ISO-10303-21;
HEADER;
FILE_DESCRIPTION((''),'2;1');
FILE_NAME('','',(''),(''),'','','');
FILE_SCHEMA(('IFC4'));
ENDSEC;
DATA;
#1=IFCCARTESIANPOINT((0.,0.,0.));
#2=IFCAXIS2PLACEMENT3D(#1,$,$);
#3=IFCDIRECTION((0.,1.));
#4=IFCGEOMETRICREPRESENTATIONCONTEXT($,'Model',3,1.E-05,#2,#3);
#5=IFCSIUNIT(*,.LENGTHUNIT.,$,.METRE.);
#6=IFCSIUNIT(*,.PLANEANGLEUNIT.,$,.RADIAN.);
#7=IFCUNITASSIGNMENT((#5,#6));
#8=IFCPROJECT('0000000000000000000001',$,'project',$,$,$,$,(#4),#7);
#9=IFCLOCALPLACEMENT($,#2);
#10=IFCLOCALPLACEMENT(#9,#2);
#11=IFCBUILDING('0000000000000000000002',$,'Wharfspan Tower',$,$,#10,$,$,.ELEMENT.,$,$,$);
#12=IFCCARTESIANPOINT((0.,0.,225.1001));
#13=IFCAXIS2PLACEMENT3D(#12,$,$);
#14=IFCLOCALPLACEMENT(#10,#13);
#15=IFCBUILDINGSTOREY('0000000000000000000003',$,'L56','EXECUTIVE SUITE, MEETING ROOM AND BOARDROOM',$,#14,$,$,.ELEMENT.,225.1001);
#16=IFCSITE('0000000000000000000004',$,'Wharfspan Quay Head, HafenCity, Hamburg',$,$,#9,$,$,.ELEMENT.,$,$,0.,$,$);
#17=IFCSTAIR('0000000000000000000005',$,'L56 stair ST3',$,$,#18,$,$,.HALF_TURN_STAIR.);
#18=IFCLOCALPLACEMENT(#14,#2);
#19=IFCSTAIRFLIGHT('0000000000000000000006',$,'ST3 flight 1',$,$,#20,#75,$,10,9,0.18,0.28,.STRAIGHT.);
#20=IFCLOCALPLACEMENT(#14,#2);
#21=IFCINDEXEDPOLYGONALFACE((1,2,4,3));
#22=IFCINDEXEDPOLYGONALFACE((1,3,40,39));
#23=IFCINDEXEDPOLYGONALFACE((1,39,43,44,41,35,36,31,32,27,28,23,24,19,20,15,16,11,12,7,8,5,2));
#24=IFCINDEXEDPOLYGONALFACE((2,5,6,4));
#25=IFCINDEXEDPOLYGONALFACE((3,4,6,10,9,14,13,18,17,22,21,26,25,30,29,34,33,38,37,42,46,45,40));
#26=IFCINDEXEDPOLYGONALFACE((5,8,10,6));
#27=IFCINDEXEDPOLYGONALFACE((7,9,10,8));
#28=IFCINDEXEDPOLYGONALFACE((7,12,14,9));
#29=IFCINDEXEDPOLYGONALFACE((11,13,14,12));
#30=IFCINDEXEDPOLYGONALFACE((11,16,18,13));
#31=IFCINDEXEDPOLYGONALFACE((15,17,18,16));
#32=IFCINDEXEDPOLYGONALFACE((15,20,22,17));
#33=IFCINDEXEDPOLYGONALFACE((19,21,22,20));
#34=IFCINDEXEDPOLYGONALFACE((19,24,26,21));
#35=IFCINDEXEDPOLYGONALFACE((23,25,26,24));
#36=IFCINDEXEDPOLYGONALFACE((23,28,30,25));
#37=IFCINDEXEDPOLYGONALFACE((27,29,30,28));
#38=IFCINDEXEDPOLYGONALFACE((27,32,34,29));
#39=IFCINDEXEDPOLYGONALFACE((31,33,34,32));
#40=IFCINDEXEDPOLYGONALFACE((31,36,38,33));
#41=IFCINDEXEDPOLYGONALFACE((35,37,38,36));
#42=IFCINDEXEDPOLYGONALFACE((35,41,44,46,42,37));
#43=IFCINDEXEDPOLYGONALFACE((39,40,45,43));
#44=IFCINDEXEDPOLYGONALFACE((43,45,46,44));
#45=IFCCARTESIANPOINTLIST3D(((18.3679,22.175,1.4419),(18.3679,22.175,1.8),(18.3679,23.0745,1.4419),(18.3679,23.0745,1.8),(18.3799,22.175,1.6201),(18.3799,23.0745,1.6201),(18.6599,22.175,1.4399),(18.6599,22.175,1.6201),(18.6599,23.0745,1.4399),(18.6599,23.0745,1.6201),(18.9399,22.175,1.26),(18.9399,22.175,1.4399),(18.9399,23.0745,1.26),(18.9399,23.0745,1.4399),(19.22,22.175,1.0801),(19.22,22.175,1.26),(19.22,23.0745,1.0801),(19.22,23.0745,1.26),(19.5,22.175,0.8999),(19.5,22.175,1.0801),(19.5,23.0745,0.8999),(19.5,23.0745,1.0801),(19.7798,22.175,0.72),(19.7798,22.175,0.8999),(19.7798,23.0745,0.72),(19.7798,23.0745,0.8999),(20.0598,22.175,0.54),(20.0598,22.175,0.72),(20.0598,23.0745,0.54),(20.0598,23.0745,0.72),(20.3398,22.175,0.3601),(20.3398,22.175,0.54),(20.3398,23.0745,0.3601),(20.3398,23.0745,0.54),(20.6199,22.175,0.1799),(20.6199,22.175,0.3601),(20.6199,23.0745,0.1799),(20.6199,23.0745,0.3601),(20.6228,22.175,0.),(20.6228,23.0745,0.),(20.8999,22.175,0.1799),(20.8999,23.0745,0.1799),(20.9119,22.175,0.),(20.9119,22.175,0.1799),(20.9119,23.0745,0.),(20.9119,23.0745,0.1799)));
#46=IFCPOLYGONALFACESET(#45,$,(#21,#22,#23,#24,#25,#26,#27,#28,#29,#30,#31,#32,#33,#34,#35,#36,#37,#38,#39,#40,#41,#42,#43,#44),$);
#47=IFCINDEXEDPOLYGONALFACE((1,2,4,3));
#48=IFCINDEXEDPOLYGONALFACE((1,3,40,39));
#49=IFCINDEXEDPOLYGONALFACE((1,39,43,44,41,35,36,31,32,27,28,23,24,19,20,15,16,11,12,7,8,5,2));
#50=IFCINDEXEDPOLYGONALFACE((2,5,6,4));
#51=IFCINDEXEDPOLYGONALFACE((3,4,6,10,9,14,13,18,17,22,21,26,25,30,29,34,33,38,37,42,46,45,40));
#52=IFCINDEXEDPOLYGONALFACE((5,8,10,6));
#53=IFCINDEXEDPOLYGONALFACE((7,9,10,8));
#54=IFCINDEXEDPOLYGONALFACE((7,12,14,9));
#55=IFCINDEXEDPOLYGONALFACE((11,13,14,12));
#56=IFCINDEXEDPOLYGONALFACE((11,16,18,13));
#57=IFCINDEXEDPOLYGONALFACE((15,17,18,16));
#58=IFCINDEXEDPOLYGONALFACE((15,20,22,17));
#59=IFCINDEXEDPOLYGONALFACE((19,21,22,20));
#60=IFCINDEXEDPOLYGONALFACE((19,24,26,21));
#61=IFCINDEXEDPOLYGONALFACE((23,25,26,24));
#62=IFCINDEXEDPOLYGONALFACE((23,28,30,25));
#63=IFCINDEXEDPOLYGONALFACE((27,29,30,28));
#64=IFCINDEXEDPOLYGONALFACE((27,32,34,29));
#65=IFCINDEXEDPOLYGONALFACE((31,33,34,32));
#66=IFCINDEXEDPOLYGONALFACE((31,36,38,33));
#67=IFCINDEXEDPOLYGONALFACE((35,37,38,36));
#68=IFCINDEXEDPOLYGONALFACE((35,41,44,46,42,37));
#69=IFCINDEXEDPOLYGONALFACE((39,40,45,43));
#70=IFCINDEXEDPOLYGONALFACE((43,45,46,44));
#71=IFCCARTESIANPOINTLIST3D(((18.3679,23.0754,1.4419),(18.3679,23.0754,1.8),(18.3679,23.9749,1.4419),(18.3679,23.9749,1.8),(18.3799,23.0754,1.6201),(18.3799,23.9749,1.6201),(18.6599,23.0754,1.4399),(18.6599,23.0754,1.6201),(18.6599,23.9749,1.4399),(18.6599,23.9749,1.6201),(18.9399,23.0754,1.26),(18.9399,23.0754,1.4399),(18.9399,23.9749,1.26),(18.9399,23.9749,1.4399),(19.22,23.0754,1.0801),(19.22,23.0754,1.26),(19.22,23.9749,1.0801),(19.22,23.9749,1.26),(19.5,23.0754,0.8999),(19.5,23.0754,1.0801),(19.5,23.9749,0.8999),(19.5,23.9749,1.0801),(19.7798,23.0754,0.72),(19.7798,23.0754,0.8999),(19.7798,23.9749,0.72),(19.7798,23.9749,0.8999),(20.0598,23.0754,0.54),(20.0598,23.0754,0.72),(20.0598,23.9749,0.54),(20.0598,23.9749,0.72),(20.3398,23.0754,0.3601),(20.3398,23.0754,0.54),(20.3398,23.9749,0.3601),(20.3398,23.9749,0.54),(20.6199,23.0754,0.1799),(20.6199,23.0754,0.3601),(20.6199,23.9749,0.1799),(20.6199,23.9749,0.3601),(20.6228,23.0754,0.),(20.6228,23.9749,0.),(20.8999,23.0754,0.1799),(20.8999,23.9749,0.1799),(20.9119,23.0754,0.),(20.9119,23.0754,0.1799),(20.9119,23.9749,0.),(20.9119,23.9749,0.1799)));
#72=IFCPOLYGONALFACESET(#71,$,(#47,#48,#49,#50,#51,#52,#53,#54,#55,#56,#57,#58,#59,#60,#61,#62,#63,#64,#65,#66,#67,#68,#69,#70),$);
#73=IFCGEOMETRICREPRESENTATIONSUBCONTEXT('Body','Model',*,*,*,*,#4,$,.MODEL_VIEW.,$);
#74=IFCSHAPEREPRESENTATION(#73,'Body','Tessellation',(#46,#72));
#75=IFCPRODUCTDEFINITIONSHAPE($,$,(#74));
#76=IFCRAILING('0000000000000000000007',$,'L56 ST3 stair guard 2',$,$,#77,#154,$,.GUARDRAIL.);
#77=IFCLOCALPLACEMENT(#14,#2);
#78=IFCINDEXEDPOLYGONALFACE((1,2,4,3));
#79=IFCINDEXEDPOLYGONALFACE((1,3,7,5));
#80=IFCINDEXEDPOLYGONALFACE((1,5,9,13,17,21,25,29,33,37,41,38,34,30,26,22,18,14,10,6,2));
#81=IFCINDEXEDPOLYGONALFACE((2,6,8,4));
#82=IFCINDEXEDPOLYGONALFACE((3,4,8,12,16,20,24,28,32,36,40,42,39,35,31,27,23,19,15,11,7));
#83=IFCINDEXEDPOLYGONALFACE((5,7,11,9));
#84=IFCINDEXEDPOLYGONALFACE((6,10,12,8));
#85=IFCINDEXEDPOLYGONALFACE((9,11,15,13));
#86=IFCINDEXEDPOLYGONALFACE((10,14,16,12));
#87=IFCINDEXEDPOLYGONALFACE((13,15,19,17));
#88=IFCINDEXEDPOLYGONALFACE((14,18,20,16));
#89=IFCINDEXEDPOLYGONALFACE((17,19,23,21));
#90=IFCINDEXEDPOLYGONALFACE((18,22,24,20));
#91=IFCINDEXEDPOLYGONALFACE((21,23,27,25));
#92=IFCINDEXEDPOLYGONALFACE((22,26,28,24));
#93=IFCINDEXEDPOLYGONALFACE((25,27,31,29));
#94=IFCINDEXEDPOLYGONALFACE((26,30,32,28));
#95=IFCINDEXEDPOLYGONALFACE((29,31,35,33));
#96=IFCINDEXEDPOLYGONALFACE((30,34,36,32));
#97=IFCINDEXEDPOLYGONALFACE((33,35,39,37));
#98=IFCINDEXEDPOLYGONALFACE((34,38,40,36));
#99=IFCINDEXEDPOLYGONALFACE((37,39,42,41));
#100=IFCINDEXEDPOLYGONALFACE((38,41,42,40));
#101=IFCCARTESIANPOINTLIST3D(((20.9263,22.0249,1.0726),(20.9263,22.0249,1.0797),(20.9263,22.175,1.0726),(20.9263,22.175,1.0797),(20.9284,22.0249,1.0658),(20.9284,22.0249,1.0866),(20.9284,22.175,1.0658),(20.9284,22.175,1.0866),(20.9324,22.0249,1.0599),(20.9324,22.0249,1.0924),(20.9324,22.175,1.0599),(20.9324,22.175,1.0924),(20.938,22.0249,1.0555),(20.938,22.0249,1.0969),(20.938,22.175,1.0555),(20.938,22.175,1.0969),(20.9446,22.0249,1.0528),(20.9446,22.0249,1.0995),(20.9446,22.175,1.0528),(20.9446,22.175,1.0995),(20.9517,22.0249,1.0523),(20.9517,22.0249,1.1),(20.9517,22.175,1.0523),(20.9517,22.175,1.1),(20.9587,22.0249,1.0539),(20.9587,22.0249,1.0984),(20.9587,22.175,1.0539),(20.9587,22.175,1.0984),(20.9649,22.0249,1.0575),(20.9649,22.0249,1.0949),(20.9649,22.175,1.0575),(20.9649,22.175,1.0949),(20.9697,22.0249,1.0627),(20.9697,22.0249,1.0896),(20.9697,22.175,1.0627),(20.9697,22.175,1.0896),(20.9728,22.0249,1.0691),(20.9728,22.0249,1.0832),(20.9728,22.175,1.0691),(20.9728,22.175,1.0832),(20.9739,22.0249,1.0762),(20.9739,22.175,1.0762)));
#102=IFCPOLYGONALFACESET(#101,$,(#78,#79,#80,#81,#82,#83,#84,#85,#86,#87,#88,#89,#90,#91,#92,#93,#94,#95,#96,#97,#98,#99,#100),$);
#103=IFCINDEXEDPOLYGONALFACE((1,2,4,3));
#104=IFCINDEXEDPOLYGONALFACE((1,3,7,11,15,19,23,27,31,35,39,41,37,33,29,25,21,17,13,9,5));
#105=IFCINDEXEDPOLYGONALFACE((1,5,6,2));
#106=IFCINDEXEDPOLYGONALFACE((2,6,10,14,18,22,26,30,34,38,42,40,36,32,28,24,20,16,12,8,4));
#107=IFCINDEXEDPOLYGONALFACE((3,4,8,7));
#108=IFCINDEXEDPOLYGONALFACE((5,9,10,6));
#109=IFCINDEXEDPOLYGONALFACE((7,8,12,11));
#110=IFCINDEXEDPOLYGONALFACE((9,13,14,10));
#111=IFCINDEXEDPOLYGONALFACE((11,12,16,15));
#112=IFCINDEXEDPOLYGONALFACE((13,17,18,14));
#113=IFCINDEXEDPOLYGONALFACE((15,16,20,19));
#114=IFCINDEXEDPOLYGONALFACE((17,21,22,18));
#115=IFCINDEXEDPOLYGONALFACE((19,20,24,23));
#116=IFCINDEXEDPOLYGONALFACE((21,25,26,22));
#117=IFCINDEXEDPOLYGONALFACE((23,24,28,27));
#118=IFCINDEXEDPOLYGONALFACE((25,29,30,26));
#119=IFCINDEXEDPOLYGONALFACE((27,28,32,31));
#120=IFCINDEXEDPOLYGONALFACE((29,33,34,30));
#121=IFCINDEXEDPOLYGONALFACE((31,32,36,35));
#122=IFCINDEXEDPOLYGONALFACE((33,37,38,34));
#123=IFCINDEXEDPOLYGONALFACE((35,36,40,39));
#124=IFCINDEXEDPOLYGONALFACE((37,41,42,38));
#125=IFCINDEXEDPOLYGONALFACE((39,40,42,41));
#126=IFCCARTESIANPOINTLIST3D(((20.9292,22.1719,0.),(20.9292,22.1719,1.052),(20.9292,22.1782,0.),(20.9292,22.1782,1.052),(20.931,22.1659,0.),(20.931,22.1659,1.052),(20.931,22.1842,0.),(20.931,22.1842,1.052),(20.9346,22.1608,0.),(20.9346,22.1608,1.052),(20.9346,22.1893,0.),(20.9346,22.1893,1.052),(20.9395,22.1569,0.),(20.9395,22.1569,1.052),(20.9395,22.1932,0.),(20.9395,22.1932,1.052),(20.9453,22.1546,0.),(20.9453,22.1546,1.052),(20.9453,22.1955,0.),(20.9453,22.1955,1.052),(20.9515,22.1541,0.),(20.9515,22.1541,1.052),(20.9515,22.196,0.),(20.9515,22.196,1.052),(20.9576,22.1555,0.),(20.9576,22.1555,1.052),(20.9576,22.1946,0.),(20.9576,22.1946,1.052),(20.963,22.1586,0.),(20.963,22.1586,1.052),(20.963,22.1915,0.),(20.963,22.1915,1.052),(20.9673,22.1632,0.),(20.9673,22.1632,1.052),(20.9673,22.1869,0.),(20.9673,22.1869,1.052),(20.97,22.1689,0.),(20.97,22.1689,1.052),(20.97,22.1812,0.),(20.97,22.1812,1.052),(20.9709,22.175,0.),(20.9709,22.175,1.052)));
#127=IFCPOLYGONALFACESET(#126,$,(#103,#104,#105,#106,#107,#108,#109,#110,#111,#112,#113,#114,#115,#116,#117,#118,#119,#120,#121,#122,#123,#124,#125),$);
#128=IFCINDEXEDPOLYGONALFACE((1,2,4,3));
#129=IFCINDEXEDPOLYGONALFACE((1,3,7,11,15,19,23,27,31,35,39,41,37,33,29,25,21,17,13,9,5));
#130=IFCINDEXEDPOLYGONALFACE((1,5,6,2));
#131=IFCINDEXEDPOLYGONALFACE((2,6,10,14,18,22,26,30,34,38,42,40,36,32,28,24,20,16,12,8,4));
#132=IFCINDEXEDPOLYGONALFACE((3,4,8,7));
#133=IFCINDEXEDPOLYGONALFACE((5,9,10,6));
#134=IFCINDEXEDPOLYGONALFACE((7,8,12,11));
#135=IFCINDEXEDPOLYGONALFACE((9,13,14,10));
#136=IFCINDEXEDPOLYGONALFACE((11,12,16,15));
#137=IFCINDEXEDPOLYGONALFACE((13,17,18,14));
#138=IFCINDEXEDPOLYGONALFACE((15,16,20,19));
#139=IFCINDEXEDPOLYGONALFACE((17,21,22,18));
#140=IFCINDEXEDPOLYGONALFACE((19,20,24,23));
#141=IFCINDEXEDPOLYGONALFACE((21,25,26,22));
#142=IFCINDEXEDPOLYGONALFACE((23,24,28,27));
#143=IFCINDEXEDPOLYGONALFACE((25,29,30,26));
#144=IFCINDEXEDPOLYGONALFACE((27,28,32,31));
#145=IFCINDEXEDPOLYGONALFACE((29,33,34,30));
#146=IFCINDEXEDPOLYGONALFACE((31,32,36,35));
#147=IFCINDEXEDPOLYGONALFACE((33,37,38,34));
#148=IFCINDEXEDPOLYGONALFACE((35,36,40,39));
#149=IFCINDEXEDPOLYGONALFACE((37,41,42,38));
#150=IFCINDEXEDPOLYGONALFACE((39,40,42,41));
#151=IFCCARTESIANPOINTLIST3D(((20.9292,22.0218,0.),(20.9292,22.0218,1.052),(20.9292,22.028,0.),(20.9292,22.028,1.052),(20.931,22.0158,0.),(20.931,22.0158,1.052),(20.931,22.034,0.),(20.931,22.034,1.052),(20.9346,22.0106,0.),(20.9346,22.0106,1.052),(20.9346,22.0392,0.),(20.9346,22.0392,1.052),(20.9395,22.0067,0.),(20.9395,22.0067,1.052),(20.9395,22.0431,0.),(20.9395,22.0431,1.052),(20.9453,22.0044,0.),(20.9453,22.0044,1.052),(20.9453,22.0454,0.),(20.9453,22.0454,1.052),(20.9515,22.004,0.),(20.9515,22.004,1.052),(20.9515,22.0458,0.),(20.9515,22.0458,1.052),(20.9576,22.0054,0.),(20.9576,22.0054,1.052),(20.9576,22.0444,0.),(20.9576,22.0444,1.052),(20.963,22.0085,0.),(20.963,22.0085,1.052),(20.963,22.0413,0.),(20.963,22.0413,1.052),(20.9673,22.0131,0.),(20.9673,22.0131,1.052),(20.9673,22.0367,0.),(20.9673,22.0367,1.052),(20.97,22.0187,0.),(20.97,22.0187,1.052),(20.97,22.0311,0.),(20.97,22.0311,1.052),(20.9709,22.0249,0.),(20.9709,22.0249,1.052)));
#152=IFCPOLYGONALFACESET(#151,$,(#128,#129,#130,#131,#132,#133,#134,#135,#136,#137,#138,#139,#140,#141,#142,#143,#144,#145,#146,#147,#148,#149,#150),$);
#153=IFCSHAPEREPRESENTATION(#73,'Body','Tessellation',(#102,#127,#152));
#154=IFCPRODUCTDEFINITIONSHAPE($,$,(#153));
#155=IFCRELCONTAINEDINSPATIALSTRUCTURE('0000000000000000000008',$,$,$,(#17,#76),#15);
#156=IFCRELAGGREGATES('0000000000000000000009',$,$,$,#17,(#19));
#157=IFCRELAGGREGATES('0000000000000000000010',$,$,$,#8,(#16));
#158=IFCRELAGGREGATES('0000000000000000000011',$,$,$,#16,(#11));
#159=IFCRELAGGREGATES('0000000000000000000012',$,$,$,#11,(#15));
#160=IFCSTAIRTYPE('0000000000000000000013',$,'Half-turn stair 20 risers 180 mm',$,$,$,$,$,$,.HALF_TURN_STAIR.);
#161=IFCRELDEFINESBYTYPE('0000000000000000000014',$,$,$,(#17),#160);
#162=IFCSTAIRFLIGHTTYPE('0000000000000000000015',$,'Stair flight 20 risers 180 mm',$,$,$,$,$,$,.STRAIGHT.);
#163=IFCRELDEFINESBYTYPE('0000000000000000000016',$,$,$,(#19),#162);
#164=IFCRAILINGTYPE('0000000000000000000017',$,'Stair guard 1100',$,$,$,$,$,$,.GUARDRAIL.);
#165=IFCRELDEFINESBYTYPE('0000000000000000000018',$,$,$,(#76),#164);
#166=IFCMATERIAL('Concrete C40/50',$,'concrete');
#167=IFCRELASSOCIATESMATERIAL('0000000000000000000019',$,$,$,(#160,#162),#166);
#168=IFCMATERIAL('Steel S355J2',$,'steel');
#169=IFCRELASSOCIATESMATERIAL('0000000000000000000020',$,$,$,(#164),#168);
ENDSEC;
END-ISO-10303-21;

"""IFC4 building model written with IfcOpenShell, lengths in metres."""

from ifc_helpers import new_model, si_unit, direction, frame, origin, origin_2d, place, context, subcontext, project, spatial, polyline, circle, outline, extrude, material, type_object, element, aggregate, save


model = new_model("IFC4")

# Units and contexts
model_context = context("Model", 3, precision=1e-05, world=origin(), true_north=direction((0.0, 1.0)))
body_context = subcontext(model_context, "Body", "Model", "MODEL_VIEW")
ifc_project = project(units=[si_unit("LENGTHUNIT", "METRE"), si_unit("PLANEANGLEUNIT", "RADIAN")], contexts=[model_context])

# Site, building, storey
site_placement = place(None, origin())
site = spatial("IfcSite", under=ifc_project, at=site_placement, Name="Wharfspan Quay Head, HafenCity, Hamburg", CompositionType="ELEMENT", RefElevation=0.0)
building_placement = place(site_placement, origin())
building = spatial("IfcBuilding", under=site, at=building_placement, Name="Wharfspan Tower", CompositionType="ELEMENT")
storey_placement = place(building_placement, frame((0.0, 0.0, 225.1001)))
storey = spatial("IfcBuildingStorey", under=building, at=storey_placement, Name="L56", Description="EXECUTIVE SUITE, MEETING ROOM AND BOARDROOM", CompositionType="ELEMENT", Elevation=225.1001)

# Shared definitions
ifc_material_1 = material(Name="Steel S355J2", Category="steel")

# Shared definitions
ifc_material_2 = material(Name="Concrete C40/50", Category="concrete")

# Stair, stair flight
stair_type = type_object("IfcStairType", Name="Half-turn stair 20 risers 180 mm", PredefinedType="HALF_TURN_STAIR", material=ifc_material_2)
stair_placement = place(storey_placement, origin())
stair = element("IfcStair", 1, at=stair_placement, inside=storey, type_object=stair_type, Name="L56 stair ST3", PredefinedType="HALF_TURN_STAIR")
stair_flight_type = type_object("IfcStairFlightType", Name="Stair flight 20 risers 180 mm", PredefinedType="STRAIGHT", material=ifc_material_2)
stair_flight_placement = place(storey_placement, frame((20.8999, 23.075, 0.0), z_axis=(0.0, 0.0, 1.0), x_axis=(-1.0, 0.0, 0.0)))
stair_flight = element("IfcStairFlight", 2, at=stair_flight_placement, type_object=stair_flight_type, Name="ST3 flight 1", NumberOfRisers=10, NumberOfTreads=9, PredefinedType="STRAIGHT", RiserHeight=0.18, TreadLength=0.28, context=body_context, shape_type="SweptSolid", body=[
    extrude(outline(polyline([(-0.012, 0.0), (-0.012, 0.1799), (0.0, 0.1799), (0.28, 0.1799), (0.28, 0.3601), (0.5601, 0.3601), (0.5601, 0.54), (0.8401, 0.54), (0.8401, 0.72), (1.1201, 0.72), (1.1201, 0.8999), (1.3999, 0.8999), (1.3999, 1.0801), (1.6799, 1.0801), (1.6799, 1.26), (1.96, 1.26), (1.96, 1.4399), (2.24, 1.4399), (2.24, 1.6201), (2.52, 1.6201), (2.532, 1.8), (2.532, 1.4419), (0.2771, 0.0), (-0.012, 0.0)])), frame((0.0, 0.8999, 0.0), z_axis=(0.0, -1.0, 0.0), x_axis=(1.0, 0.0, 0.0)), (0.0, 0.0, 1.0), 0.8994),
    extrude(outline(polyline([(-0.012, 0.0), (-0.012, 0.1799), (0.0, 0.1799), (0.28, 0.1799), (0.28, 0.3601), (0.5601, 0.3601), (0.5601, 0.54), (0.8401, 0.54), (0.8401, 0.72), (1.1201, 0.72), (1.1201, 0.8999), (1.3999, 0.8999), (1.3999, 1.0801), (1.6799, 1.0801), (1.6799, 1.26), (1.96, 1.26), (1.96, 1.4399), (2.24, 1.4399), (2.24, 1.6201), (2.52, 1.6201), (2.532, 1.8), (2.532, 1.4419), (0.2771, 0.0), (-0.012, 0.0)])), frame((0.0, -0.0005, 0.0), z_axis=(0.0, -1.0, 0.0), x_axis=(1.0, 0.0, 0.0)), (0.0, 0.0, 1.0), 0.8994),
])
aggregate(stair, [stair_flight])

# Railing
railing_type_1 = type_object("IfcRailingType", Name="Stair guard 1100", PredefinedType="GUARDRAIL", material=ifc_material_1)
railing_1_placement = place(storey_placement, frame((20.95, 22.175, 0.0)))
element("IfcRailing", 3, at=railing_1_placement, inside=storey, type_object=railing_type_1, Name="L56 ST3 stair guard 2", PredefinedType="GUARDRAIL", context=body_context, shape_type="SweptSolid", body=[
    extrude(circle(Radius=0.0239, at=origin_2d()), frame((0.0, 0.0, 1.0762), z_axis=(0.0, -1.0, 0.0), x_axis=(1.0, 0.0, 0.0)), (0.0, 0.0, 1.0), 0.1501),
    extrude(circle(Radius=0.021, at=origin_2d()), origin(), (0.0, 0.0, 1.0), 1.052),
    extrude(circle(Radius=0.021, at=origin_2d()), frame((0.0, -0.1501, 0.0)), (0.0, 0.0, 1.0), 1.052),
])

save(model, "model.ifc")
